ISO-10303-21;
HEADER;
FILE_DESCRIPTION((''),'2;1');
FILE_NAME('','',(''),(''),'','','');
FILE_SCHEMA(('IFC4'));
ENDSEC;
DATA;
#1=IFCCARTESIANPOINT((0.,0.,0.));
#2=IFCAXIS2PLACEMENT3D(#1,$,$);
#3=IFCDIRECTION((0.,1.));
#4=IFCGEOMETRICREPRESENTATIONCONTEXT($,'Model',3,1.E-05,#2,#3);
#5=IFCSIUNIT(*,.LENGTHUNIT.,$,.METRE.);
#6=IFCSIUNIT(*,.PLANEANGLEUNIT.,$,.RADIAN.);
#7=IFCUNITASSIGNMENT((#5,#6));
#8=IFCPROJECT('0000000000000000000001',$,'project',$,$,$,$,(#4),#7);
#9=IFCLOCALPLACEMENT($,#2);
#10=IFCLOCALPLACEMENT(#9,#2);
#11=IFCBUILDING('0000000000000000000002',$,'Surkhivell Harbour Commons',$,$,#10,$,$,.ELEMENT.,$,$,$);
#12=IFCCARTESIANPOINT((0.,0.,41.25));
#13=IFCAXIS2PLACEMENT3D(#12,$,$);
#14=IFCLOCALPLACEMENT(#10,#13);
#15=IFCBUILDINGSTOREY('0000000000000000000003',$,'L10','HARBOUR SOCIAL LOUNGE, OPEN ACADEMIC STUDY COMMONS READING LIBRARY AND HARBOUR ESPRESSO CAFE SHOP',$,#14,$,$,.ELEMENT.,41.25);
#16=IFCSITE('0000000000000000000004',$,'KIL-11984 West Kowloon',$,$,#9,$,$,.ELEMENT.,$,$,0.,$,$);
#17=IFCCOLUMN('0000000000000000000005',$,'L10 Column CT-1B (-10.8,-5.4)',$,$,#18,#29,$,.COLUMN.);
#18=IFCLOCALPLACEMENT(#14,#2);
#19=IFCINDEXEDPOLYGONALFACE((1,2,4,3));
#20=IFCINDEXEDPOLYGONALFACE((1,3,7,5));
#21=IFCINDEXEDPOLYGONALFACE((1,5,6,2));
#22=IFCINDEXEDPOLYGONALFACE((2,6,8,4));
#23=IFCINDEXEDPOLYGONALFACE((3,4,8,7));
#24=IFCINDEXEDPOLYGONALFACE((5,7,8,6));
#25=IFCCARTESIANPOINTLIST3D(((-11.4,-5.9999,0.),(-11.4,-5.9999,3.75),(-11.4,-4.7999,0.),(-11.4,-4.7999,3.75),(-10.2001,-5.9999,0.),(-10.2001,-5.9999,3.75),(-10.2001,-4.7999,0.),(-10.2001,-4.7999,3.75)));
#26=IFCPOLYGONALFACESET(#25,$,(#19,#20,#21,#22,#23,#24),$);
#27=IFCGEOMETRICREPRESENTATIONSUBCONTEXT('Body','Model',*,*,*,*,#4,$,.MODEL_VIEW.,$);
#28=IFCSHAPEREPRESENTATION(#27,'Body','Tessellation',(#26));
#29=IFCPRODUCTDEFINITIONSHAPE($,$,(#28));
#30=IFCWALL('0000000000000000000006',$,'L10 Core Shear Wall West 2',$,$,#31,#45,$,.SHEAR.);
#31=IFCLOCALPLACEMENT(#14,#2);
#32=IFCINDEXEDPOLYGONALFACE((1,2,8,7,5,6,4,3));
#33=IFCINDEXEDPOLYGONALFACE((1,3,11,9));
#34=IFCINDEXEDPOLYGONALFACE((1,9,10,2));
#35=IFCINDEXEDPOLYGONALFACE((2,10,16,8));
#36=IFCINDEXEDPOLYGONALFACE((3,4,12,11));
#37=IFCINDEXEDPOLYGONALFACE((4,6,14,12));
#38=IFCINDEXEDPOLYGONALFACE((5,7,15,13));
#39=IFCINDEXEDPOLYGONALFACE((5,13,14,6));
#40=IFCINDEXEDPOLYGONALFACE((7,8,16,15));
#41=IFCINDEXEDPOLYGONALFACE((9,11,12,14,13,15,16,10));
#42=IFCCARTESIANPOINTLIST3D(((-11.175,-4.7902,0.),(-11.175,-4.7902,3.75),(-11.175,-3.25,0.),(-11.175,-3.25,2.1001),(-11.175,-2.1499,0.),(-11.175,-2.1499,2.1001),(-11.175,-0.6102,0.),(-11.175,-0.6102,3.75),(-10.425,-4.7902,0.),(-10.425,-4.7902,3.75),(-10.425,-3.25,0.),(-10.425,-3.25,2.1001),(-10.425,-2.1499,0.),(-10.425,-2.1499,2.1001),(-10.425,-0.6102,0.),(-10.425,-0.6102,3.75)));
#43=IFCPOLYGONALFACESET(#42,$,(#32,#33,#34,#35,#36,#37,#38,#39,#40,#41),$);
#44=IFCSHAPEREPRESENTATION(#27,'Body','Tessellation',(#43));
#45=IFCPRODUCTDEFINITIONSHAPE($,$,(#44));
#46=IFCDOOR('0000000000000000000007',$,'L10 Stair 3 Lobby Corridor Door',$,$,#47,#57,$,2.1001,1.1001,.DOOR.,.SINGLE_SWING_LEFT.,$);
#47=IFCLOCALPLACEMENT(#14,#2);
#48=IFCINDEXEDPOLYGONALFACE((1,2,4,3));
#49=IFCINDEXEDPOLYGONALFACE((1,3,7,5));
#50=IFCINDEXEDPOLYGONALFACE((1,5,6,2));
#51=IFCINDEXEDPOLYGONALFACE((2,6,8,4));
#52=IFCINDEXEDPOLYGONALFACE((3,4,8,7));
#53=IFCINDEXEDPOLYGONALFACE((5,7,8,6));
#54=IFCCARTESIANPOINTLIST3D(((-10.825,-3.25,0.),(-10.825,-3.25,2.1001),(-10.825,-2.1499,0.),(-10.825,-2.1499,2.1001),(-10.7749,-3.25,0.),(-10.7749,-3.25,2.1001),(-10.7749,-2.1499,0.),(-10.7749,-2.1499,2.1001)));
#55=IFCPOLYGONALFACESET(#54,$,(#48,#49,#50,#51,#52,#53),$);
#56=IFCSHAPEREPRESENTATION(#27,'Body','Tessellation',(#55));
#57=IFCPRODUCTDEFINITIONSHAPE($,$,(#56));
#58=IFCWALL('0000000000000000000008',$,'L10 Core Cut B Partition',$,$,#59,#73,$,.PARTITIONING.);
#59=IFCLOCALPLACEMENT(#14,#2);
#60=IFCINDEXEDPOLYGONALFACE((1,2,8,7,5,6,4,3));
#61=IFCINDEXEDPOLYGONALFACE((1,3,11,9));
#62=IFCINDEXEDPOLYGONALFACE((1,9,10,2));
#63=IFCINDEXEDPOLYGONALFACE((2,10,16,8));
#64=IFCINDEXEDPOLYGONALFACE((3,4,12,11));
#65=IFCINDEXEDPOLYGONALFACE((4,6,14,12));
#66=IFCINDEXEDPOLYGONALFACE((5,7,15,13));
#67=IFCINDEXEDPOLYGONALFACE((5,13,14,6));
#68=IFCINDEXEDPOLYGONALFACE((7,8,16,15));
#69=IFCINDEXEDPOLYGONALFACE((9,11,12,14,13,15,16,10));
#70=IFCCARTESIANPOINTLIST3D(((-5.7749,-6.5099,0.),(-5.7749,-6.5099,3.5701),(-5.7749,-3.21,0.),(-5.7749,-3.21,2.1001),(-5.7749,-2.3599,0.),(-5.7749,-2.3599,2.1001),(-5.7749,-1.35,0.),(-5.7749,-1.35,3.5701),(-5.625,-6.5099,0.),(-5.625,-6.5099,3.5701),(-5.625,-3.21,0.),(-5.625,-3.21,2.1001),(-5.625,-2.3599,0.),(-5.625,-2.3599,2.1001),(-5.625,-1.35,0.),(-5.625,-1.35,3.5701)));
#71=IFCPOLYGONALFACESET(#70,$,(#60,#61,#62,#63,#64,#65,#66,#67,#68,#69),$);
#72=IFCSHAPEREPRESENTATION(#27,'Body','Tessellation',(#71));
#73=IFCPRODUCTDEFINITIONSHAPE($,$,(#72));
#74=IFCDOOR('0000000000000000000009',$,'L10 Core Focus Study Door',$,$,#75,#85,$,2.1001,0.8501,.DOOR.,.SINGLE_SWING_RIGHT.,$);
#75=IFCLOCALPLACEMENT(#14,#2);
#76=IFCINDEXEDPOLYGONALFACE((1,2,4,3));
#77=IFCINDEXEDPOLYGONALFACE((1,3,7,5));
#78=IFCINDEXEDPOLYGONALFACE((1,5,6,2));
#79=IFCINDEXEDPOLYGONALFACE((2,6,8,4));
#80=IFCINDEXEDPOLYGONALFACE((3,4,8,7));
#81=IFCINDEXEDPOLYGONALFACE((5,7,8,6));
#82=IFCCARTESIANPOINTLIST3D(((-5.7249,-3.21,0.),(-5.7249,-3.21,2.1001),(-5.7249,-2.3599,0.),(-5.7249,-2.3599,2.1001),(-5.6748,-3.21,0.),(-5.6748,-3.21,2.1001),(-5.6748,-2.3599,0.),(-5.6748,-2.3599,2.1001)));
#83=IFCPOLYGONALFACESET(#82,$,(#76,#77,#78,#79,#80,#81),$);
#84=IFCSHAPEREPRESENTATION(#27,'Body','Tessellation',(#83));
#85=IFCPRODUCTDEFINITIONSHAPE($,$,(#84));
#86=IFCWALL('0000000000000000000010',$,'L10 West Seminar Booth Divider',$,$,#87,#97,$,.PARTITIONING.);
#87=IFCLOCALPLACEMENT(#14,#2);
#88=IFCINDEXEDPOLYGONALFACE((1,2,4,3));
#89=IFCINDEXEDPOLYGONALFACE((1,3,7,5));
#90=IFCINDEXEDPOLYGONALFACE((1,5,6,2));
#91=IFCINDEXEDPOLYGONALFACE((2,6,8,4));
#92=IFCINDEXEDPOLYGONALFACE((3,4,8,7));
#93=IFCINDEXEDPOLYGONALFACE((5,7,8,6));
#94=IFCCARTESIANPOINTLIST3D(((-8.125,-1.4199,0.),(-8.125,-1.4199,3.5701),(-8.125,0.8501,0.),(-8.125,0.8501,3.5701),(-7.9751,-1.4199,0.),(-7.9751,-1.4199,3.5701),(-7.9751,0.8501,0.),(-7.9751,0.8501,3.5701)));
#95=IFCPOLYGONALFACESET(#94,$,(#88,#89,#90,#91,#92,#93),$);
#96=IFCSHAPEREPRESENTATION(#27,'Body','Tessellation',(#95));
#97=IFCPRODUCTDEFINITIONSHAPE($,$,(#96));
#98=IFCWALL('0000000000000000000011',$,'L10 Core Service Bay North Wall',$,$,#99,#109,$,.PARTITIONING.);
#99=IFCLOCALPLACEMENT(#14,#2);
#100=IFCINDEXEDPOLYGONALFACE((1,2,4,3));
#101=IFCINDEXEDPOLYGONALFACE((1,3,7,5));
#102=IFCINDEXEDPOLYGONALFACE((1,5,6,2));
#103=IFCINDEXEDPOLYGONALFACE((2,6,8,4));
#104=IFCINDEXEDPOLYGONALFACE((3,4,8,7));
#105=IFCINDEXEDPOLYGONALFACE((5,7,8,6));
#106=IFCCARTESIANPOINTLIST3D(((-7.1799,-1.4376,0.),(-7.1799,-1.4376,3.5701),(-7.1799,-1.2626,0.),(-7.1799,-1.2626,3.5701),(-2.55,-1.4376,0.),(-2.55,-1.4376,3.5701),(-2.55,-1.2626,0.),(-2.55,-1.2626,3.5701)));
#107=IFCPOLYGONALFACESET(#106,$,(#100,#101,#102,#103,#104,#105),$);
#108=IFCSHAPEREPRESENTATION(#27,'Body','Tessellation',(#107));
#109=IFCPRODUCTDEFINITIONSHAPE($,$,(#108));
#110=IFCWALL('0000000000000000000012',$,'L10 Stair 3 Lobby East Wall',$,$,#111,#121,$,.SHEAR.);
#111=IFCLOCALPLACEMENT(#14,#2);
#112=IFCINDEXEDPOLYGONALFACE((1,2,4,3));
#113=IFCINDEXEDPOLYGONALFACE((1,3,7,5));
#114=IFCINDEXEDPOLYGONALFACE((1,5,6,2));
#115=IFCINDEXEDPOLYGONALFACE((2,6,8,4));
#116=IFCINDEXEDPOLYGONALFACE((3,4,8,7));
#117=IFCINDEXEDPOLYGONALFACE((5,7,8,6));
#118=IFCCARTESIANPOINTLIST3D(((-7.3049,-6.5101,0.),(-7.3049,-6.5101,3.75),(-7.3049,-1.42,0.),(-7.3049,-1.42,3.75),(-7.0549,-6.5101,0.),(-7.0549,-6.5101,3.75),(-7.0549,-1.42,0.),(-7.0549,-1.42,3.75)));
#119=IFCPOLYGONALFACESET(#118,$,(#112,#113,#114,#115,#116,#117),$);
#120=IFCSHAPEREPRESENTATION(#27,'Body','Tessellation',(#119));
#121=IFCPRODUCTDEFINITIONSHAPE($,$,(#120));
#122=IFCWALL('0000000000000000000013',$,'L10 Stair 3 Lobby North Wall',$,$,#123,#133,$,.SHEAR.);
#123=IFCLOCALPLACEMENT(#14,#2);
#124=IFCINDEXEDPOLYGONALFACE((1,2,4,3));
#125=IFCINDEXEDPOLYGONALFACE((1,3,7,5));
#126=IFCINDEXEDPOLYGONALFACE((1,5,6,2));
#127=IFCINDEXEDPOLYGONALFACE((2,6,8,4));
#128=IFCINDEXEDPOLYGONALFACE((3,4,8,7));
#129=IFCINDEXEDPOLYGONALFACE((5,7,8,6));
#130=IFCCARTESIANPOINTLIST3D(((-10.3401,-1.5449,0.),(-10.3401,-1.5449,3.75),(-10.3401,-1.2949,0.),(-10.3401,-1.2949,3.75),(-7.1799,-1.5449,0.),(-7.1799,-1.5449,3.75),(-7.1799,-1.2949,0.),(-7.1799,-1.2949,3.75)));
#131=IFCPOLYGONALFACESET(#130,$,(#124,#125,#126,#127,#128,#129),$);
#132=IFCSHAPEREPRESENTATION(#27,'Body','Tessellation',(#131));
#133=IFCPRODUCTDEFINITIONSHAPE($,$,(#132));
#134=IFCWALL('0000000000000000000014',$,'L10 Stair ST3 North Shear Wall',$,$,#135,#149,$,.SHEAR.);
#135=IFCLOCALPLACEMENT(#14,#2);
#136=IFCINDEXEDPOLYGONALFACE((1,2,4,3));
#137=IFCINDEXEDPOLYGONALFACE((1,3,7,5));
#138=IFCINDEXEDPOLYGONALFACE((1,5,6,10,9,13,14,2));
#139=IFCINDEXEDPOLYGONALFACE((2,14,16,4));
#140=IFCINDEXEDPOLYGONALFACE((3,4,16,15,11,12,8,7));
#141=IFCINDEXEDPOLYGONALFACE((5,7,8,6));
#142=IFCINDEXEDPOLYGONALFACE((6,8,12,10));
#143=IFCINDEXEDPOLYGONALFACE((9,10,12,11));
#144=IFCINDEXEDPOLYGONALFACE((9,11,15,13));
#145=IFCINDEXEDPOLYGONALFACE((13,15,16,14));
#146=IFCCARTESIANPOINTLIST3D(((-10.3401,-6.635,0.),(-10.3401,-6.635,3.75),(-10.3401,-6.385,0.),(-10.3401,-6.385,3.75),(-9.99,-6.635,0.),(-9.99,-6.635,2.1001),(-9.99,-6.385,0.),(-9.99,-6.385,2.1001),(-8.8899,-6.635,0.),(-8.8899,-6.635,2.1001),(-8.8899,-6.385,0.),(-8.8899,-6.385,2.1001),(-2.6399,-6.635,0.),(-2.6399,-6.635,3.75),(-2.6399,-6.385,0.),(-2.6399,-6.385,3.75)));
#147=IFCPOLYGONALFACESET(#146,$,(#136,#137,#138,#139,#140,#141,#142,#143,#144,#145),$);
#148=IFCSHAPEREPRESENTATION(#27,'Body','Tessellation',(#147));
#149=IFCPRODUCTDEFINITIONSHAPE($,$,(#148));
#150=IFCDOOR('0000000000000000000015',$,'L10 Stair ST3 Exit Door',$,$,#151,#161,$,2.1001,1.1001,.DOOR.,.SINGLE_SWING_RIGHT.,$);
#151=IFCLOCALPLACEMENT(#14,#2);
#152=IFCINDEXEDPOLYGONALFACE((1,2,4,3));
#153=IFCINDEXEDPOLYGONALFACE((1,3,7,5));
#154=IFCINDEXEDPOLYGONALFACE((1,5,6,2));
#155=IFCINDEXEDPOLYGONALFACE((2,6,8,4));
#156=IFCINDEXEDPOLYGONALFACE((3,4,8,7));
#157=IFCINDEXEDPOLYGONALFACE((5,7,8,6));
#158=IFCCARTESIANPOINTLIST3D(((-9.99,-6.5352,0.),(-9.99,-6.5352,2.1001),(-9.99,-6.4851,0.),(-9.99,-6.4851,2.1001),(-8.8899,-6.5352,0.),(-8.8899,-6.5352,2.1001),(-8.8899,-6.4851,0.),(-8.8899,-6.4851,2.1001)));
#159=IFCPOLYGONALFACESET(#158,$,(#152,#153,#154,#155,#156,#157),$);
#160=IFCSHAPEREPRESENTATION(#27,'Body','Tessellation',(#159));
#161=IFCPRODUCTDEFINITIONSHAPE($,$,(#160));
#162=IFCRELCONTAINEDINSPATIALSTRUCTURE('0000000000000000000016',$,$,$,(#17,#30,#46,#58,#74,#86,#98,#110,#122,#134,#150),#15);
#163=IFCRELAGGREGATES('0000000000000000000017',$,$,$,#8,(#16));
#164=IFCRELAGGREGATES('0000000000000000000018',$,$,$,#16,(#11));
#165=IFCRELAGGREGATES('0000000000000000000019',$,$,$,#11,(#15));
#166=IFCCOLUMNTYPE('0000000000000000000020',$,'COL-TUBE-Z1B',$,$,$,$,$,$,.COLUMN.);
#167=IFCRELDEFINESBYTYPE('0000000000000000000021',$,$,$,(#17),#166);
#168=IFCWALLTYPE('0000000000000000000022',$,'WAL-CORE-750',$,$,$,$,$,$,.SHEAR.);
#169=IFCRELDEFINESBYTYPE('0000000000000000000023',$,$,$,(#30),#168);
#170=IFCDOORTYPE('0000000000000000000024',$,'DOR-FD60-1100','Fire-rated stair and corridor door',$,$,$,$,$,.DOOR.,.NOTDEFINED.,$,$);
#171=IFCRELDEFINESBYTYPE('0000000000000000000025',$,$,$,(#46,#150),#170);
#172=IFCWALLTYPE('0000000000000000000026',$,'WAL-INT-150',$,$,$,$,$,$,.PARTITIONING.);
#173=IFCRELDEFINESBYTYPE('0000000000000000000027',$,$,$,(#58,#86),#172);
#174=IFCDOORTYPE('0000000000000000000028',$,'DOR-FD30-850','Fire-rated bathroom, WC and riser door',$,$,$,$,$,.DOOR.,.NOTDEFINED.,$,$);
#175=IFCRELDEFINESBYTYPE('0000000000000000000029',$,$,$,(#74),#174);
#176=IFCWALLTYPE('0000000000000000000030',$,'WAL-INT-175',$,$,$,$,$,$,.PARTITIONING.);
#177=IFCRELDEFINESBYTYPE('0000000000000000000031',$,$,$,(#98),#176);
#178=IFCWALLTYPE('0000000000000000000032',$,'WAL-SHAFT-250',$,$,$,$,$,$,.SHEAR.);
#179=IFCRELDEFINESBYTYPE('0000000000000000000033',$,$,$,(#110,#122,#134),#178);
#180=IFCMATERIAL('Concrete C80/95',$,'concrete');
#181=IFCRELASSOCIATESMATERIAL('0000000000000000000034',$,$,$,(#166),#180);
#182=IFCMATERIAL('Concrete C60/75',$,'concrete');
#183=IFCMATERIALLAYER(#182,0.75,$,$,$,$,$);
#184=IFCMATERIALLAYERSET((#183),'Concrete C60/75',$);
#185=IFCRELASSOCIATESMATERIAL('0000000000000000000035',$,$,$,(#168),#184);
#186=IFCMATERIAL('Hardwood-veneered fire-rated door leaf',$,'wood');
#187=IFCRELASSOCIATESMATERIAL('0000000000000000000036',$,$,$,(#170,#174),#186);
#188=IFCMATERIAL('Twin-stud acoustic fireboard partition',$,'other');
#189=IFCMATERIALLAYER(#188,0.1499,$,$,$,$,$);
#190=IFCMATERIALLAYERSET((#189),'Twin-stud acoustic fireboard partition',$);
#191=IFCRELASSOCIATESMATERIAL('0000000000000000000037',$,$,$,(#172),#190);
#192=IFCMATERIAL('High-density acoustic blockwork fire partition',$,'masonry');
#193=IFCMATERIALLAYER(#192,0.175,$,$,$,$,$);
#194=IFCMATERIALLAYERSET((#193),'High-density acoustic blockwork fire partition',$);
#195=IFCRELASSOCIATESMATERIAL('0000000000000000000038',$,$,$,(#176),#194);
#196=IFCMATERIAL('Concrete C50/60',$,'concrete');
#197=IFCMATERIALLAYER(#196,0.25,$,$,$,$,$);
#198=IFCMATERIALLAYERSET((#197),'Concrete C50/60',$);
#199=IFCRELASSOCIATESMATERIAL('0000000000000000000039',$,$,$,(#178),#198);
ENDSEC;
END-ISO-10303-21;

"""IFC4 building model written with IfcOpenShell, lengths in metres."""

from ifc_helpers import new_model, si_unit, direction, frame, frame_2d, origin, origin_2d, place, context, subcontext, project, spatial, rectangle, extrude, material, layer, layer_set, material_profile, profile_set, type_object, element, fill, save


model = new_model("IFC4")

# Units and contexts
model_context = context("Model", 3, precision=1e-05, world=origin(), true_north=direction((0.0, 1.0)))
body_context = subcontext(model_context, "Body", "Model", "MODEL_VIEW")
ifc_project = project(units=[si_unit("LENGTHUNIT", "METRE"), si_unit("PLANEANGLEUNIT", "RADIAN")], contexts=[model_context])

# Site, building, storey
site_placement = place(None, origin())
site = spatial("IfcSite", under=ifc_project, at=site_placement, Name="KIL-11984 West Kowloon", CompositionType="ELEMENT", RefElevation=0.0)
building_placement = place(site_placement, origin())
building = spatial("IfcBuilding", under=site, at=building_placement, Name="Surkhivell Harbour Commons", CompositionType="ELEMENT")
storey_placement = place(building_placement, frame((0.0, 0.0, 41.25)))
storey = spatial("IfcBuildingStorey", under=building, at=storey_placement, Name="L10", Description="HARBOUR SOCIAL LOUNGE, OPEN ACADEMIC STUDY COMMONS READING LIBRARY AND HARBOUR ESPRESSO CAFE SHOP", CompositionType="ELEMENT", Elevation=41.25)

# Column
ifc_material_1 = material(Name="Concrete C80/95", Category="concrete")
ifc_material_profile = material_profile(ifc_material_1, rectangle(XDim=1.2, YDim=1.2, at=origin_2d()), Name="RC-COL-1200x1200")
ifc_profile_set = profile_set([ifc_material_profile], Name="Concrete C80/95")
column_type = type_object("IfcColumnType", Name="COL-TUBE-Z1B", PredefinedType="COLUMN", material=ifc_profile_set)
column_placement = place(storey_placement, frame((-10.8, -5.3999, 0.0), z_axis=(0.0, 0.0, 1.0), x_axis=(1.0, 0.0, 0.0)))
element("IfcColumn", 1, at=column_placement, inside=storey, type_object=column_type, Name="L10 Column CT-1B (-10.8,-5.4)", PredefinedType="COLUMN", context=body_context, shape_type="SweptSolid", body=[
    extrude(rectangle(XDim=1.2, YDim=1.2, at=origin_2d()), origin(), (0.0, 0.0, 1.0), 3.75),
])

# Walls, openings, doors
ifc_material_2 = material(Name="Concrete C60/75", Category="concrete")
ifc_layer_1 = layer(ifc_material_2, 0.75)
ifc_layer_set_1 = layer_set([ifc_layer_1], Name="Concrete C60/75")
wall_type_1 = type_object("IfcWallType", Name="WAL-CORE-750", PredefinedType="SHEAR", material=ifc_layer_set_1)
wall_1_placement = place(storey_placement, frame((-10.8, -4.79, 0.0), z_axis=(0.0, 0.0, 1.0), x_axis=(0.0, 1.0, 0.0)))
wall_1 = element("IfcWall", 2, at=wall_1_placement, inside=storey, type_object=wall_type_1, Name="L10 Core Shear Wall West 2", PredefinedType="SHEAR", context=body_context, shape_type="SweptSolid", body=[
    extrude(rectangle(XDim=4.1799, YDim=0.75, at=frame_2d((2.0898, 0.0))), origin(), (0.0, 0.0, 1.0), 3.75),
])
opening_1_placement = place(wall_1_placement, frame((1.54, 0.0, 0.0)))
opening_1 = element("IfcOpeningElement", 3, at=opening_1_placement, cuts=wall_1, PredefinedType="OPENING", context=body_context, shape_type="SweptSolid", body=[
    extrude(rectangle(XDim=1.1001, YDim=2.1001, at=frame_2d((0.55, 1.05))), frame((0.0, 0.385, 0.0), z_axis=(0.0, -1.0, 0.0), x_axis=(1.0, 0.0, 0.0)), (0.0, 0.0, 1.0), 0.77),
])
ifc_material_3 = material(Name="Hardwood-veneered fire-rated door leaf", Category="wood")
door_type_1 = type_object("IfcDoorType", Name="DOR-FD60-1100", Description="Fire-rated stair and corridor door", OperationType="NOTDEFINED", PredefinedType="DOOR", material=ifc_material_3)
door_1_placement = place(opening_1_placement, origin())
door_1 = element("IfcDoor", 4, at=door_1_placement, inside=storey, type_object=door_type_1, Name="L10 Stair 3 Lobby Corridor Door", OperationType="SINGLE_SWING_LEFT", OverallHeight=2.1001, OverallWidth=1.1001, PredefinedType="DOOR", context=body_context, shape_type="SweptSolid", body=[
    extrude(rectangle(XDim=1.1001, YDim=2.1001, at=frame_2d((0.55, 1.05))), frame((0.0, 0.0249, 0.0), z_axis=(0.0, -1.0, 0.0), x_axis=(1.0, 0.0, 0.0)), (0.0, 0.0, 1.0), 0.05),
])
fill(opening_1, door_1)
ifc_material_4 = material(Name="Twin-stud acoustic fireboard partition", Category="other")
ifc_layer_2 = layer(ifc_material_4, 0.1499)
ifc_layer_set_2 = layer_set([ifc_layer_2], Name="Twin-stud acoustic fireboard partition")
wall_type_2 = type_object("IfcWallType", Name="WAL-INT-150", PredefinedType="PARTITIONING", material=ifc_layer_set_2)
wall_2_placement = place(storey_placement, frame((-5.7, -6.51, 0.0), z_axis=(0.0, 0.0, 1.0), x_axis=(0.0, 1.0, 0.0)))
wall_2 = element("IfcWall", 5, at=wall_2_placement, inside=storey, type_object=wall_type_2, Name="L10 Core Cut B Partition", PredefinedType="PARTITIONING", context=body_context, shape_type="SweptSolid", body=[
    extrude(rectangle(XDim=5.1599, YDim=0.1499, at=frame_2d((2.5801, 0.0))), origin(), (0.0, 0.0, 1.0), 3.5701),
])
opening_2_placement = place(wall_2_placement, frame((3.3, 0.0, 0.0)))
opening_2 = element("IfcOpeningElement", 6, at=opening_2_placement, cuts=wall_2, PredefinedType="OPENING", context=body_context, shape_type="SweptSolid", body=[
    extrude(rectangle(XDim=0.8501, YDim=2.1001, at=frame_2d((0.425, 1.05))), frame((0.0, 0.085, 0.0), z_axis=(0.0, -1.0, 0.0), x_axis=(1.0, 0.0, 0.0)), (0.0, 0.0, 1.0), 0.1699),
])
door_type_2 = type_object("IfcDoorType", Name="DOR-FD30-850", Description="Fire-rated bathroom, WC and riser door", OperationType="NOTDEFINED", PredefinedType="DOOR", material=ifc_material_3)
door_2_placement = place(opening_2_placement, origin())
door_2 = element("IfcDoor", 7, at=door_2_placement, inside=storey, type_object=door_type_2, Name="L10 Core Focus Study Door", OperationType="SINGLE_SWING_RIGHT", OverallHeight=2.1001, OverallWidth=0.8501, PredefinedType="DOOR", context=body_context, shape_type="SweptSolid", body=[
    extrude(rectangle(XDim=0.8501, YDim=2.1001, at=frame_2d((0.425, 1.05))), frame((0.0, 0.0249, 0.0), z_axis=(0.0, -1.0, 0.0), x_axis=(1.0, 0.0, 0.0)), (0.0, 0.0, 1.0), 0.05),
])
fill(opening_2, door_2)

# Walls
wall_3_placement = place(storey_placement, frame((-8.05, -1.4199, 0.0), z_axis=(0.0, 0.0, 1.0), x_axis=(0.0, 1.0, 0.0)))
element("IfcWall", 8, at=wall_3_placement, inside=storey, type_object=wall_type_2, Name="L10 West Seminar Booth Divider", PredefinedType="PARTITIONING", context=body_context, shape_type="SweptSolid", body=[
    extrude(rectangle(XDim=2.27, YDim=0.1499, at=frame_2d((1.135, 0.0))), origin(), (0.0, 0.0, 1.0), 3.5701),
])
ifc_material_5 = material(Name="High-density acoustic blockwork fire partition", Category="masonry")
ifc_layer_3 = layer(ifc_material_5, 0.175)
ifc_layer_set_3 = layer_set([ifc_layer_3], Name="High-density acoustic blockwork fire partition")
wall_type_3 = type_object("IfcWallType", Name="WAL-INT-175", PredefinedType="PARTITIONING", material=ifc_layer_set_3)
wall_4_placement = place(storey_placement, frame((-7.1799, -1.3501, 0.0), z_axis=(0.0, 0.0, 1.0), x_axis=(1.0, 0.0, 0.0)))
element("IfcWall", 9, at=wall_4_placement, inside=storey, type_object=wall_type_3, Name="L10 Core Service Bay North Wall", PredefinedType="PARTITIONING", context=body_context, shape_type="SweptSolid", body=[
    extrude(rectangle(XDim=4.6299, YDim=0.175, at=frame_2d((2.3149, 0.0))), origin(), (0.0, 0.0, 1.0), 3.5701),
])
ifc_material_6 = material(Name="Concrete C50/60", Category="concrete")
ifc_layer_4 = layer(ifc_material_6, 0.25)
ifc_layer_set_4 = layer_set([ifc_layer_4], Name="Concrete C50/60")
wall_type_4 = type_object("IfcWallType", Name="WAL-SHAFT-250", PredefinedType="SHEAR", material=ifc_layer_set_4)
wall_5_placement = place(storey_placement, frame((-7.1799, -6.51, 0.0), z_axis=(0.0, 0.0, 1.0), x_axis=(0.0, 1.0, 0.0)))
element("IfcWall", 10, at=wall_5_placement, inside=storey, type_object=wall_type_4, Name="L10 Stair 3 Lobby East Wall", PredefinedType="SHEAR", context=body_context, shape_type="SweptSolid", body=[
    extrude(rectangle(XDim=5.0901, YDim=0.25, at=frame_2d((2.5449, 0.0))), origin(), (0.0, 0.0, 1.0), 3.75),
])
wall_6_placement = place(storey_placement, frame((-10.3401, -1.4199, 0.0), z_axis=(0.0, 0.0, 1.0), x_axis=(1.0, 0.0, 0.0)))
element("IfcWall", 11, at=wall_6_placement, inside=storey, type_object=wall_type_4, Name="L10 Stair 3 Lobby North Wall", PredefinedType="SHEAR", context=body_context, shape_type="SweptSolid", body=[
    extrude(rectangle(XDim=3.1602, YDim=0.25, at=frame_2d((1.5801, 0.0))), origin(), (0.0, 0.0, 1.0), 3.75),
])

# Wall, opening, door
wall_7_placement = place(storey_placement, frame((-10.3401, -6.51, 0.0), z_axis=(0.0, 0.0, 1.0), x_axis=(1.0, 0.0, 0.0)))
wall_7 = element("IfcWall", 12, at=wall_7_placement, inside=storey, type_object=wall_type_4, Name="L10 Stair ST3 North Shear Wall", PredefinedType="SHEAR", context=body_context, shape_type="SweptSolid", body=[
    extrude(rectangle(XDim=7.7002, YDim=0.25, at=frame_2d((3.8501, 0.0))), origin(), (0.0, 0.0, 1.0), 3.75),
])
opening_3_placement = place(wall_7_placement, frame((0.3501, 0.0, 0.0)))
opening_3 = element("IfcOpeningElement", 13, at=opening_3_placement, cuts=wall_7, PredefinedType="OPENING", context=body_context, shape_type="SweptSolid", body=[
    extrude(rectangle(XDim=1.1001, YDim=2.1001, at=frame_2d((0.55, 1.05))), frame((0.0, 0.135, 0.0), z_axis=(0.0, -1.0, 0.0), x_axis=(1.0, 0.0, 0.0)), (0.0, 0.0, 1.0), 0.27),
])
door_3_placement = place(opening_3_placement, origin())
door_3 = element("IfcDoor", 14, at=door_3_placement, inside=storey, type_object=door_type_1, Name="L10 Stair ST3 Exit Door", OperationType="SINGLE_SWING_RIGHT", OverallHeight=2.1001, OverallWidth=1.1001, PredefinedType="DOOR", context=body_context, shape_type="SweptSolid", body=[
    extrude(rectangle(XDim=1.1001, YDim=2.1001, at=frame_2d((0.55, 1.05))), frame((0.0, 0.0249, 0.0), z_axis=(0.0, -1.0, 0.0), x_axis=(1.0, 0.0, 0.0)), (0.0, 0.0, 1.0), 0.05),
])
fill(opening_3, door_3)

save(model, "model.ifc")
